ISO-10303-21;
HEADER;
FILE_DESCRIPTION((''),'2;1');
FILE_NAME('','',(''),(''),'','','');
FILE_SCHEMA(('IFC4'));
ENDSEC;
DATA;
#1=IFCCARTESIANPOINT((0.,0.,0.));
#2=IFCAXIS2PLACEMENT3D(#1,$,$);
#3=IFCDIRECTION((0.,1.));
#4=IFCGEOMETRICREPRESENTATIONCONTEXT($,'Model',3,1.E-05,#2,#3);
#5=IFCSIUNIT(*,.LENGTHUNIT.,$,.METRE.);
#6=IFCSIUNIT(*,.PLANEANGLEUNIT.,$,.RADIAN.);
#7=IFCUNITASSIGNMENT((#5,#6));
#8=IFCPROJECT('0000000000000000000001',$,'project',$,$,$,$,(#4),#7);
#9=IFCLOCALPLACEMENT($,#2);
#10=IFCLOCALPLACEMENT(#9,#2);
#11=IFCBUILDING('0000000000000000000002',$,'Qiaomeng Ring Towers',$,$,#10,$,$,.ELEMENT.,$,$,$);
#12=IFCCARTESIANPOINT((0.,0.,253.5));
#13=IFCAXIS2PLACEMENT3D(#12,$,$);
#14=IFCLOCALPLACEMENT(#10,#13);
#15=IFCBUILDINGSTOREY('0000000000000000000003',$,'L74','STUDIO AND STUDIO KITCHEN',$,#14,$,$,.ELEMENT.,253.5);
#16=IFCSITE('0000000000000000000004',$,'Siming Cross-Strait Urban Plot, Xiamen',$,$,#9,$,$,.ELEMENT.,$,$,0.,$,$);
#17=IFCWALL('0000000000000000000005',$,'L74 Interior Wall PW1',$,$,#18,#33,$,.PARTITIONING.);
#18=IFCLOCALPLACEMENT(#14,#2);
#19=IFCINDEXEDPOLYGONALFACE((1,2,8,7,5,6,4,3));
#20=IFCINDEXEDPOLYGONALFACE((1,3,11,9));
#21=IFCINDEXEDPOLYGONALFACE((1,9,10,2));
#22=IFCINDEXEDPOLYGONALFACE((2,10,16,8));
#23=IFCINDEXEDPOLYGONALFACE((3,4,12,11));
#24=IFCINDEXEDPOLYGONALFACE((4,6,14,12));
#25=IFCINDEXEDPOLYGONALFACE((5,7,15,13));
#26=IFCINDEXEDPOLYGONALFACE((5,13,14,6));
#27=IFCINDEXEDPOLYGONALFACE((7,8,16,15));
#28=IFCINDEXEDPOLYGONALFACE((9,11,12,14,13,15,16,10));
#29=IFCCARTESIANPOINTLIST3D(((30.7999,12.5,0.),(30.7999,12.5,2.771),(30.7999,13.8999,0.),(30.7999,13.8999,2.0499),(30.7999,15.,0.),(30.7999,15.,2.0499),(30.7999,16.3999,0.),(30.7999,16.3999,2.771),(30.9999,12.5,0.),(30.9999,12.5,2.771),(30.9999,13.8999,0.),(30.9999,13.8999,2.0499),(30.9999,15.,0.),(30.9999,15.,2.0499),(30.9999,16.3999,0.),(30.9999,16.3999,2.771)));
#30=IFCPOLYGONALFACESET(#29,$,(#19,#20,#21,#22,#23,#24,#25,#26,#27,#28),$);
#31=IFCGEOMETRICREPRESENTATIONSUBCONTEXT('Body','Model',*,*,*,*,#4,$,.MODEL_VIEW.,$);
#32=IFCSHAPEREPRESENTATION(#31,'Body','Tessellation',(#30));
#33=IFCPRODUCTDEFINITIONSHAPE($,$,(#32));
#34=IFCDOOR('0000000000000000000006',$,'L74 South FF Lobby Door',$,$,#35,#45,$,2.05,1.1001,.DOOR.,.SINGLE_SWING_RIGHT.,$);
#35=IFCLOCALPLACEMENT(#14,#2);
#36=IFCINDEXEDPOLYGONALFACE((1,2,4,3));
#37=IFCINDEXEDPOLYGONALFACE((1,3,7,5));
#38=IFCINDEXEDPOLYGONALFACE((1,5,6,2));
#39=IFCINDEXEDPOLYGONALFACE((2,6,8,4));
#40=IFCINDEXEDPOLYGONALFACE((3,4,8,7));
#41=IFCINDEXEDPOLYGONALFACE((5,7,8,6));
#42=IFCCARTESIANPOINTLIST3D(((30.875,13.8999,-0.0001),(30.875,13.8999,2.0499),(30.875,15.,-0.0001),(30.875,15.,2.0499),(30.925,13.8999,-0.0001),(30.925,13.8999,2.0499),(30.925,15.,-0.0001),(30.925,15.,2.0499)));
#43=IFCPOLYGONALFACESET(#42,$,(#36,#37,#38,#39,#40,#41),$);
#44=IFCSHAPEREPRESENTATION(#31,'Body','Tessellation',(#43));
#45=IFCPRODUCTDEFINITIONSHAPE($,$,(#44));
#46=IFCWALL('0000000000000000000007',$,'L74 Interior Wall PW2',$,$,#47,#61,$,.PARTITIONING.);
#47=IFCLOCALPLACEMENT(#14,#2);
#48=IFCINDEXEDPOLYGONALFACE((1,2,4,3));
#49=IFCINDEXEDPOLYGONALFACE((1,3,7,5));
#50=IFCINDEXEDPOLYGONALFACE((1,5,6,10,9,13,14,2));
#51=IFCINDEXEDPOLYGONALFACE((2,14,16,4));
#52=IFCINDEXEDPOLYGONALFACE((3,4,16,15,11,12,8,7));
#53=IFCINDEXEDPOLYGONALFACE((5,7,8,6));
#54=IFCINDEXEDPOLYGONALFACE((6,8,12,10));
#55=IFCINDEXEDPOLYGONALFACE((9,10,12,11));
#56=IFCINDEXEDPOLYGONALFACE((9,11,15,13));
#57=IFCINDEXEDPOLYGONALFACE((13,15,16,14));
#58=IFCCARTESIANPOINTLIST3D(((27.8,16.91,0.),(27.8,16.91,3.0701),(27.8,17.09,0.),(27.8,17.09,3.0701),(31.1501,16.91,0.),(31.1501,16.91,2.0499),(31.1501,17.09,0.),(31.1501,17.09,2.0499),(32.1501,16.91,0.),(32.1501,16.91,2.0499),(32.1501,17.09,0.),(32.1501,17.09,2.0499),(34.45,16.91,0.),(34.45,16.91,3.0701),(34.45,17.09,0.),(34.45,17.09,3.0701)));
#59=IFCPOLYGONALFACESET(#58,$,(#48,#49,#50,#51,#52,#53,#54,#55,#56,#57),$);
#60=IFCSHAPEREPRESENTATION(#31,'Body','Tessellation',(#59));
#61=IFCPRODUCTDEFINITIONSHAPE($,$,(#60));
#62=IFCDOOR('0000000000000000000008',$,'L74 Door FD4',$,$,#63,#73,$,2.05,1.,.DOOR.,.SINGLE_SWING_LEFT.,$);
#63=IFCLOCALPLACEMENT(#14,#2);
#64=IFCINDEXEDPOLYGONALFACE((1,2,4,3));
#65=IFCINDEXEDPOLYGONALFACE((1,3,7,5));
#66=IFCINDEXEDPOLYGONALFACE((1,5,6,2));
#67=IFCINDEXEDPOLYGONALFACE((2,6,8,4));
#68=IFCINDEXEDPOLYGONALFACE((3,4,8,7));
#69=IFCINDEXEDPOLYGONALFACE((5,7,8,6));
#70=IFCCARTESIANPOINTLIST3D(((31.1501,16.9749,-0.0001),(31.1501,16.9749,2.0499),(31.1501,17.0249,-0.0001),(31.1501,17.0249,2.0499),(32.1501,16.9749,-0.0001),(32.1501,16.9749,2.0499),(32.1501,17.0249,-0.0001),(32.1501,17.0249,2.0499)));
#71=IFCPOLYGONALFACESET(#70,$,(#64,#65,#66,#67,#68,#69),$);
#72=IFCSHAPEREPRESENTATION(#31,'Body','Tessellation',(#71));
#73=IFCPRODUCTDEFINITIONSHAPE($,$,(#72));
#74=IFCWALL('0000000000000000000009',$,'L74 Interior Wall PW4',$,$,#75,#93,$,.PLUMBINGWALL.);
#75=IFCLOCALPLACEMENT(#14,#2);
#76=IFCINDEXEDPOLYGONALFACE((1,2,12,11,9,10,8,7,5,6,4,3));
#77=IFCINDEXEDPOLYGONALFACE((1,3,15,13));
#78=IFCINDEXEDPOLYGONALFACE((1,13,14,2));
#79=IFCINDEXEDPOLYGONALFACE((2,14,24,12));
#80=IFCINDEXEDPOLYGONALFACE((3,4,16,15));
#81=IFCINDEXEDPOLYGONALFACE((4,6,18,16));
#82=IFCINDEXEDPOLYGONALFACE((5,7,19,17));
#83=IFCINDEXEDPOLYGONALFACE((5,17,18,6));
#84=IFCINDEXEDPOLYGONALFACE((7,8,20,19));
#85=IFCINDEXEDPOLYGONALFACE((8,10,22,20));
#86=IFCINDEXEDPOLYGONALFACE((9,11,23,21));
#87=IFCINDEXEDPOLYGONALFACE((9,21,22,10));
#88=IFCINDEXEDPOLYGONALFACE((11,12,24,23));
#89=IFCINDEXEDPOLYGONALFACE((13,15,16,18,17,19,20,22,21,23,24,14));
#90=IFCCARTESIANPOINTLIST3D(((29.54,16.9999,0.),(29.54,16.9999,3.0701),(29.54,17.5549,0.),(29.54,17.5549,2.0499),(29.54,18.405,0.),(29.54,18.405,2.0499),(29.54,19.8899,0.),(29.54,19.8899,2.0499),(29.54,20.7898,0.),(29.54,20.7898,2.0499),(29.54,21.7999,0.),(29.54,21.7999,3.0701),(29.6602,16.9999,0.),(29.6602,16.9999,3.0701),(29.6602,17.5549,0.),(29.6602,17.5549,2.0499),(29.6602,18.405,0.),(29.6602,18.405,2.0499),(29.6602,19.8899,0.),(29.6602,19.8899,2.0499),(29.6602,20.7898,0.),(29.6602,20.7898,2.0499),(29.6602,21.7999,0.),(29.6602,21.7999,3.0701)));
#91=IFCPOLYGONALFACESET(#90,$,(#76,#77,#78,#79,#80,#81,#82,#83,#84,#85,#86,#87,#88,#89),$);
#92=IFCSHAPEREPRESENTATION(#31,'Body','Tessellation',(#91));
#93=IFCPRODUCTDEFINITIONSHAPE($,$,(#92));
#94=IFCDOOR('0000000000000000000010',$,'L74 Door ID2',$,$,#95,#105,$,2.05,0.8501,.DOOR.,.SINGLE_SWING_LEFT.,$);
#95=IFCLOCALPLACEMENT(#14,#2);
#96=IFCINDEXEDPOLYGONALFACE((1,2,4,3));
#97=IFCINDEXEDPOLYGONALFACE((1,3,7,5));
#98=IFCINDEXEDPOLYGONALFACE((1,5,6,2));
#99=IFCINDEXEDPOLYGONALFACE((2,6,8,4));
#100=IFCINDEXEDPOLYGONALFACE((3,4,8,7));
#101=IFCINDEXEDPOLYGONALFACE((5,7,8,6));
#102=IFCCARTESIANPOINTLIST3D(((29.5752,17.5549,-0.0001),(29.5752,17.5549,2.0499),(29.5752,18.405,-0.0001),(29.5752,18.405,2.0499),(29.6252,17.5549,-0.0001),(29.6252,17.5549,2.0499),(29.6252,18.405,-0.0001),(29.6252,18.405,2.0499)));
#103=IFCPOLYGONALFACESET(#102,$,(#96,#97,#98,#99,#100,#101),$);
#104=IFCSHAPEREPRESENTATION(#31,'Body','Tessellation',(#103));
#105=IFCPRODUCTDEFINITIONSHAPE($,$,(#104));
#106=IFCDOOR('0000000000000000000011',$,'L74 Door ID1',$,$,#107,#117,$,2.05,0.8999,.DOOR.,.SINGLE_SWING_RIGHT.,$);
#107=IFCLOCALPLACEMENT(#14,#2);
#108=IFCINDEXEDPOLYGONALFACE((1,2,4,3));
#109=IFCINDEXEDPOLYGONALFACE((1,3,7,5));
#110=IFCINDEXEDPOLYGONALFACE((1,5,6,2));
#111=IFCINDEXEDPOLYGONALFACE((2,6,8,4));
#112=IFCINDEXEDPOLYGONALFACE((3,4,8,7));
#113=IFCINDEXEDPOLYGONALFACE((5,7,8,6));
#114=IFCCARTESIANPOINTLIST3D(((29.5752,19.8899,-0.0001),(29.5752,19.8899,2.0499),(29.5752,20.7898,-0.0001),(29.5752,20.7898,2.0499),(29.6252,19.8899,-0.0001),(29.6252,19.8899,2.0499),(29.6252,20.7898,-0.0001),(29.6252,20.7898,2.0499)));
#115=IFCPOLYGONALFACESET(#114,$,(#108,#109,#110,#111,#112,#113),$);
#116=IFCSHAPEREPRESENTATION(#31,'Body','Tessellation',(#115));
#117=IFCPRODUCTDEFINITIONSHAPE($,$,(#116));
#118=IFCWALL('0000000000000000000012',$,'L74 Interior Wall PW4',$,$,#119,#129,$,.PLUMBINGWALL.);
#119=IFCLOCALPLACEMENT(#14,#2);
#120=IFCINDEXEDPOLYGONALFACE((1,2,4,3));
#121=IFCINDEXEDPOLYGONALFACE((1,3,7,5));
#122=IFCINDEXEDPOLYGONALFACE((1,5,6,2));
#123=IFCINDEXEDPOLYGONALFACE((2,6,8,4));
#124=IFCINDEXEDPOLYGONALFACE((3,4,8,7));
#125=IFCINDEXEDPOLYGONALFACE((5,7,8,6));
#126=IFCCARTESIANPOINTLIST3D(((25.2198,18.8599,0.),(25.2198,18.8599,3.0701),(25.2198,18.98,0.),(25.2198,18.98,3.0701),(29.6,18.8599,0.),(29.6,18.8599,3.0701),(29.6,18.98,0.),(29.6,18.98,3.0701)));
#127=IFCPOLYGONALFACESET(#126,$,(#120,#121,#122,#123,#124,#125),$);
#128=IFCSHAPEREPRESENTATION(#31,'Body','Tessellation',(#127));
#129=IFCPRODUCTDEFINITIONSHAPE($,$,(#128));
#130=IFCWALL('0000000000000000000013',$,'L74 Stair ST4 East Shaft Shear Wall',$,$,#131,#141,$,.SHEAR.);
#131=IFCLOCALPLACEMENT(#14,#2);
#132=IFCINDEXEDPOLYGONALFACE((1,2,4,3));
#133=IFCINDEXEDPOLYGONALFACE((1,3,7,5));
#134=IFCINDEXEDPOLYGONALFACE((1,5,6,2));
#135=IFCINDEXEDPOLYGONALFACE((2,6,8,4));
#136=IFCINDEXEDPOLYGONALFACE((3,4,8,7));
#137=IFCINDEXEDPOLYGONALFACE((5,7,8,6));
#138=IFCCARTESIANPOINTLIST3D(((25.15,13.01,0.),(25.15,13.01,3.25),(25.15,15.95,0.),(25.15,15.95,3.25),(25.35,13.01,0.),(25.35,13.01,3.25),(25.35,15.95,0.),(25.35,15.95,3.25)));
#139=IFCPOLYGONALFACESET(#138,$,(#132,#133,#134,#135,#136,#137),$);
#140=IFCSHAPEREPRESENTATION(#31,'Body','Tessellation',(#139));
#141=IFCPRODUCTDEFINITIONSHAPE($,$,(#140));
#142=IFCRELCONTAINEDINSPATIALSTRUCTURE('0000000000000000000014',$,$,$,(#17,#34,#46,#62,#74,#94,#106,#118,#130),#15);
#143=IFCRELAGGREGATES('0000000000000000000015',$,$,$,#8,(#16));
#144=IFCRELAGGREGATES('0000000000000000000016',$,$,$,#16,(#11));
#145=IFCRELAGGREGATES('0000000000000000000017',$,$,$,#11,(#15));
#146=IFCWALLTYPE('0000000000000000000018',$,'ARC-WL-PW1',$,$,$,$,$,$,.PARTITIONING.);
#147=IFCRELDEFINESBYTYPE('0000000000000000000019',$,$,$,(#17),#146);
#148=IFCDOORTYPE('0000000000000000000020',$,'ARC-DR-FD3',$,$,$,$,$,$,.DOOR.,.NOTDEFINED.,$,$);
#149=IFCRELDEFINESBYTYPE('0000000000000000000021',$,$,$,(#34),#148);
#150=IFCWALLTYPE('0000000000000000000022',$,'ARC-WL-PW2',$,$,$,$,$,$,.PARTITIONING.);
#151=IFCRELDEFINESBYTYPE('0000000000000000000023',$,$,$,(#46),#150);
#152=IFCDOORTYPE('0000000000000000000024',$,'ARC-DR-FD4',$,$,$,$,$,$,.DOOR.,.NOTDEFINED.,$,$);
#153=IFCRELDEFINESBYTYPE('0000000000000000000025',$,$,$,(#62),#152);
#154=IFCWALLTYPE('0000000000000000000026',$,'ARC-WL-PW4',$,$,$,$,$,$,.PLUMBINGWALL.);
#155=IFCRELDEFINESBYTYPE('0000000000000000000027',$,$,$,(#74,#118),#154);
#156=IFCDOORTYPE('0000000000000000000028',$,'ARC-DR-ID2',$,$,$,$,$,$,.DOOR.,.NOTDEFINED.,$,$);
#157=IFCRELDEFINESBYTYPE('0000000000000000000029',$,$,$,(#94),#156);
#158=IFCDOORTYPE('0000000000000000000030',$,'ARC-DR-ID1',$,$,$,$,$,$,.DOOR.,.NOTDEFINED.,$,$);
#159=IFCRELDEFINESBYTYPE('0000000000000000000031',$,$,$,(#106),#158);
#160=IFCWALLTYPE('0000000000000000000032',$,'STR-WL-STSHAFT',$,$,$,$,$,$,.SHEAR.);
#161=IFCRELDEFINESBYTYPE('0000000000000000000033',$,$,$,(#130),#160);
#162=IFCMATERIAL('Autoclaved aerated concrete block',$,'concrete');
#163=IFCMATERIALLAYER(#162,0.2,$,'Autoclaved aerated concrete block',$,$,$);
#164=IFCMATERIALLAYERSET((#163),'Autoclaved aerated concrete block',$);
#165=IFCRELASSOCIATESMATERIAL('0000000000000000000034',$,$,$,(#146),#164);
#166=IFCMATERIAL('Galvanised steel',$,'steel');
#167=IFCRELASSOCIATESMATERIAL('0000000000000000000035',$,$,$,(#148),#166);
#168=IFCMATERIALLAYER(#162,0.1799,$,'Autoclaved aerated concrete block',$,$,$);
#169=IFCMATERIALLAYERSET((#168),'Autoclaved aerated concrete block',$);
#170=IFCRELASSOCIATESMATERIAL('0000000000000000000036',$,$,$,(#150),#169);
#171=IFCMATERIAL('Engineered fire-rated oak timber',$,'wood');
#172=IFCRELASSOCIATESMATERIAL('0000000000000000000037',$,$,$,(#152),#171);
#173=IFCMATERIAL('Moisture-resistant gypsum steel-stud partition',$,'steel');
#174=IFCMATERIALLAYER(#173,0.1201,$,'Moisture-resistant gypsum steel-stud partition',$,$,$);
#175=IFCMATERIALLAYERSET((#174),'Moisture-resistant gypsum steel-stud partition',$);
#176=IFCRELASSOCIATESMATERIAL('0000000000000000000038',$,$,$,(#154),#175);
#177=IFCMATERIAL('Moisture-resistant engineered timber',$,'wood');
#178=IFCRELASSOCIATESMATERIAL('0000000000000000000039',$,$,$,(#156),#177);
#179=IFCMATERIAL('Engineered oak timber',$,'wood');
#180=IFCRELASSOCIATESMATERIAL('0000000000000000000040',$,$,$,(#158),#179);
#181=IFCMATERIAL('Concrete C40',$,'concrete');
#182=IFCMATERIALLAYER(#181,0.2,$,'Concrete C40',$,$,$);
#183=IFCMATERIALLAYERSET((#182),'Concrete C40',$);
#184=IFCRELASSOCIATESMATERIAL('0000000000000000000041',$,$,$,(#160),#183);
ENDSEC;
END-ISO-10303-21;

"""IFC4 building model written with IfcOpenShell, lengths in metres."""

from ifc_helpers import new_model, si_unit, direction, frame, frame_2d, origin, place, context, subcontext, project, spatial, rectangle, extrude, source, transform, mapped, material, layer, layer_set, type_object, element, fill, save


model = new_model("IFC4")

# Units and contexts
model_context = context("Model", 3, precision=1e-05, world=origin(), true_north=direction((0.0, 1.0)))
body_context = subcontext(model_context, "Body", "Model", "MODEL_VIEW")
ifc_project = project(units=[si_unit("LENGTHUNIT", "METRE"), si_unit("PLANEANGLEUNIT", "RADIAN")], contexts=[model_context])

# Site, building, storey
site_placement = place(None, origin())
site = spatial("IfcSite", under=ifc_project, at=site_placement, Name="Siming Cross-Strait Urban Plot, Xiamen", CompositionType="ELEMENT", RefElevation=0.0)
building_placement = place(site_placement, origin())
building = spatial("IfcBuilding", under=site, at=building_placement, Name="Qiaomeng Ring Towers", CompositionType="ELEMENT")
storey_placement = place(building_placement, frame((0.0, 0.0, 253.5)))
storey = spatial("IfcBuildingStorey", under=building, at=storey_placement, Name="L74", Description="STUDIO AND STUDIO KITCHEN", CompositionType="ELEMENT", Elevation=253.5)

# Shared definitions
ifc_material_1 = material(Name="Concrete C40", Category="concrete")

# Shared definitions
ifc_material_2 = material(Name="Autoclaved aerated concrete block", Category="concrete")
ifc_layer_1 = layer(ifc_material_2, 0.2, Name="Autoclaved aerated concrete block")
ifc_layer_set_1 = layer_set([ifc_layer_1], Name="Autoclaved aerated concrete block")
wall_type_1 = type_object("IfcWallType", Name="ARC-WL-PW1", PredefinedType="PARTITIONING", material=ifc_layer_set_1)

# Walls, openings, doors
wall_1_placement = place(storey_placement, frame((30.8999, 12.5, 0.0), z_axis=(0.0, 0.0, 1.0), x_axis=(0.0, 1.0, 0.0)))
wall_1 = element("IfcWall", 1, at=wall_1_placement, inside=storey, type_object=wall_type_1, Name="L74 Interior Wall PW1", PredefinedType="PARTITIONING", context=body_context, shape_type="SweptSolid", body=[
    extrude(rectangle(XDim=3.8999, YDim=0.2, at=frame_2d((1.95, 0.0))), origin(), (0.0, 0.0, 1.0), 2.771),
])
opening_1_placement = place(wall_1_placement, frame((1.3999, 0.0, 0.0)))
opening_1 = element("IfcOpeningElement", 2, at=opening_1_placement, cuts=wall_1, PredefinedType="OPENING", context=body_context, shape_type="SweptSolid", body=[
    extrude(rectangle(XDim=1.1001, YDim=2.05, at=frame_2d((0.55, 1.0249))), frame((0.0, 0.1099, 0.0), z_axis=(0.0, -1.0, 0.0), x_axis=(1.0, 0.0, 0.0)), (0.0, 0.0, 1.0), 0.22),
])
ifc_material_3 = material(Name="Galvanised steel", Category="steel")
door_type_1 = type_object("IfcDoorType", Name="ARC-DR-FD3", OperationType="NOTDEFINED", PredefinedType="DOOR", material=ifc_material_3)
shared_shape_1 = source(origin(), body_context, "Body", "SweptSolid", [
    extrude(rectangle(XDim=1.1001, YDim=2.05, at=frame_2d((0.55, 1.0249))), frame((0.0, 0.0249, 0.0), z_axis=(0.0, -1.0, 0.0), x_axis=(1.0, 0.0, 0.0)), (0.0, 0.0, 1.0), 0.05),
])
door_1_placement = place(opening_1_placement, origin())
door_1 = element("IfcDoor", 3, at=door_1_placement, inside=storey, type_object=door_type_1, Name="L74 South FF Lobby Door", OperationType="SINGLE_SWING_RIGHT", OverallHeight=2.05, OverallWidth=1.1001, PredefinedType="DOOR", context=body_context, shape_type="MappedRepresentation", body=[
    mapped(shared_shape_1, transform((0.0, 0.0, 0.0), x_axis=(1.0, 0.0, 0.0), y_axis=(0.0, 1.0, 0.0), z_axis=(0.0, 0.0, 1.0), scale=1.0)),
])
fill(opening_1, door_1)
ifc_layer_2 = layer(ifc_material_2, 0.1799, Name="Autoclaved aerated concrete block")
ifc_layer_set_2 = layer_set([ifc_layer_2], Name="Autoclaved aerated concrete block")
wall_type_2 = type_object("IfcWallType", Name="ARC-WL-PW2", PredefinedType="PARTITIONING", material=ifc_layer_set_2)
wall_2_placement = place(storey_placement, frame((27.8, 17.0, 0.0), z_axis=(0.0, 0.0, 1.0), x_axis=(1.0, 0.0, 0.0)))
wall_2 = element("IfcWall", 4, at=wall_2_placement, inside=storey, type_object=wall_type_2, Name="L74 Interior Wall PW2", PredefinedType="PARTITIONING", context=body_context, shape_type="SweptSolid", body=[
    extrude(rectangle(XDim=6.6499, YDim=0.1799, at=frame_2d((3.325, 0.0))), origin(), (0.0, 0.0, 1.0), 3.0701),
])
opening_2_placement = place(wall_2_placement, frame((3.3501, 0.0, 0.0)))
opening_2 = element("IfcOpeningElement", 5, at=opening_2_placement, cuts=wall_2, PredefinedType="OPENING", context=body_context, shape_type="SweptSolid", body=[
    extrude(rectangle(XDim=1.0, YDim=2.05, at=frame_2d((0.5, 1.0249))), frame((0.0, 0.0999, 0.0), z_axis=(0.0, -1.0, 0.0), x_axis=(1.0, 0.0, 0.0)), (0.0, 0.0, 1.0), 0.2),
])
ifc_material_4 = material(Name="Engineered fire-rated oak timber", Category="wood")
door_type_2 = type_object("IfcDoorType", Name="ARC-DR-FD4", OperationType="NOTDEFINED", PredefinedType="DOOR", material=ifc_material_4)
shared_shape_2 = source(origin(), body_context, "Body", "SweptSolid", [
    extrude(rectangle(XDim=1.0, YDim=2.05, at=frame_2d((0.5, 1.0249))), frame((0.0, 0.0249, 0.0), z_axis=(0.0, -1.0, 0.0), x_axis=(1.0, 0.0, 0.0)), (0.0, 0.0, 1.0), 0.05),
])
door_2_placement = place(opening_2_placement, origin())
door_2 = element("IfcDoor", 6, at=door_2_placement, inside=storey, type_object=door_type_2, Name="L74 Door FD4", OperationType="SINGLE_SWING_LEFT", OverallHeight=2.05, OverallWidth=1.0, PredefinedType="DOOR", context=body_context, shape_type="MappedRepresentation", body=[
    mapped(shared_shape_2, transform((0.0, 0.0, 0.0), x_axis=(1.0, 0.0, 0.0), y_axis=(0.0, 1.0, 0.0), z_axis=(0.0, 0.0, 1.0), scale=1.0)),
])
fill(opening_2, door_2)

# Wall, openings, doors
ifc_material_5 = material(Name="Moisture-resistant gypsum steel-stud partition", Category="steel")
ifc_layer_3 = layer(ifc_material_5, 0.1201, Name="Moisture-resistant gypsum steel-stud partition")
ifc_layer_set_3 = layer_set([ifc_layer_3], Name="Moisture-resistant gypsum steel-stud partition")
wall_type_3 = type_object("IfcWallType", Name="ARC-WL-PW4", PredefinedType="PLUMBINGWALL", material=ifc_layer_set_3)
wall_3_placement = place(storey_placement, frame((29.6001, 17.0, 0.0), z_axis=(0.0, 0.0, 1.0), x_axis=(0.0, 1.0, 0.0)))
wall_3 = element("IfcWall", 7, at=wall_3_placement, inside=storey, type_object=wall_type_3, Name="L74 Interior Wall PW4", PredefinedType="PLUMBINGWALL", context=body_context, shape_type="SweptSolid", body=[
    extrude(rectangle(XDim=4.8, YDim=0.1201, at=frame_2d((2.3999, 0.0))), origin(), (0.0, 0.0, 1.0), 3.0701),
])
opening_3_placement = place(wall_3_placement, frame((0.5549, 0.0, 0.0)))
opening_3 = element("IfcOpeningElement", 8, at=opening_3_placement, cuts=wall_3, PredefinedType="OPENING", context=body_context, shape_type="SweptSolid", body=[
    extrude(rectangle(XDim=0.8501, YDim=2.05, at=frame_2d((0.425, 1.0249))), frame((0.0, 0.0701, 0.0), z_axis=(0.0, -1.0, 0.0), x_axis=(1.0, 0.0, 0.0)), (0.0, 0.0, 1.0), 0.1401),
])
opening_4_placement = place(wall_3_placement, frame((2.8899, 0.0, 0.0)))
opening_4 = element("IfcOpeningElement", 9, at=opening_4_placement, cuts=wall_3, PredefinedType="OPENING", context=body_context, shape_type="SweptSolid", body=[
    extrude(rectangle(XDim=0.8999, YDim=2.05, at=frame_2d((0.45, 1.0249))), frame((0.0, 0.0701, 0.0), z_axis=(0.0, -1.0, 0.0), x_axis=(1.0, 0.0, 0.0)), (0.0, 0.0, 1.0), 0.1401),
])
ifc_material_6 = material(Name="Moisture-resistant engineered timber", Category="wood")
door_type_3 = type_object("IfcDoorType", Name="ARC-DR-ID2", OperationType="NOTDEFINED", PredefinedType="DOOR", material=ifc_material_6)
shared_shape_3 = source(origin(), body_context, "Body", "SweptSolid", [
    extrude(rectangle(XDim=0.8501, YDim=2.05, at=frame_2d((0.425, 1.0249))), frame((0.0, 0.0249, 0.0), z_axis=(0.0, -1.0, 0.0), x_axis=(1.0, 0.0, 0.0)), (0.0, 0.0, 1.0), 0.05),
])
door_3_placement = place(opening_3_placement, origin())
door_3 = element("IfcDoor", 10, at=door_3_placement, inside=storey, type_object=door_type_3, Name="L74 Door ID2", OperationType="SINGLE_SWING_LEFT", OverallHeight=2.05, OverallWidth=0.8501, PredefinedType="DOOR", context=body_context, shape_type="MappedRepresentation", body=[
    mapped(shared_shape_3, transform((0.0, 0.0, 0.0), x_axis=(1.0, 0.0, 0.0), y_axis=(0.0, 1.0, 0.0), z_axis=(0.0, 0.0, 1.0), scale=1.0)),
])
fill(opening_3, door_3)
ifc_material_7 = material(Name="Engineered oak timber", Category="wood")
door_type_4 = type_object("IfcDoorType", Name="ARC-DR-ID1", OperationType="NOTDEFINED", PredefinedType="DOOR", material=ifc_material_7)
shared_shape_4 = source(origin(), body_context, "Body", "SweptSolid", [
    extrude(rectangle(XDim=0.8999, YDim=2.05, at=frame_2d((0.45, 1.0249))), frame((0.0, 0.0249, 0.0), z_axis=(0.0, -1.0, 0.0), x_axis=(1.0, 0.0, 0.0)), (0.0, 0.0, 1.0), 0.05),
])
door_4_placement = place(opening_4_placement, origin())
door_4 = element("IfcDoor", 11, at=door_4_placement, inside=storey, type_object=door_type_4, Name="L74 Door ID1", OperationType="SINGLE_SWING_RIGHT", OverallHeight=2.05, OverallWidth=0.8999, PredefinedType="DOOR", context=body_context, shape_type="MappedRepresentation", body=[
    mapped(shared_shape_4, transform((0.0, 0.0, 0.0), x_axis=(1.0, 0.0, 0.0), y_axis=(0.0, 1.0, 0.0), z_axis=(0.0, 0.0, 1.0), scale=1.0)),
])
fill(opening_4, door_4)

# Walls
wall_4_placement = place(storey_placement, frame((25.22, 18.9199, 0.0), z_axis=(0.0, 0.0, 1.0), x_axis=(1.0, 0.0, 0.0)))
element("IfcWall", 12, at=wall_4_placement, inside=storey, type_object=wall_type_3, Name="L74 Interior Wall PW4", PredefinedType="PLUMBINGWALL", context=body_context, shape_type="SweptSolid", body=[
    extrude(rectangle(XDim=4.3801, YDim=0.1201, at=frame_2d((2.1899, 0.0))), origin(), (0.0, 0.0, 1.0), 3.0701),
])
ifc_layer_4 = layer(ifc_material_1, 0.2, Name="Concrete C40")
ifc_layer_set_4 = layer_set([ifc_layer_4], Name="Concrete C40")
wall_type_4 = type_object("IfcWallType", Name="STR-WL-STSHAFT", PredefinedType="SHEAR", material=ifc_layer_set_4)
wall_5_placement = place(storey_placement, frame((25.25, 13.01, 0.0), z_axis=(0.0, 0.0, 1.0), x_axis=(0.0, 1.0, 0.0)))
element("IfcWall", 13, at=wall_5_placement, inside=storey, type_object=wall_type_4, Name="L74 Stair ST4 East Shaft Shear Wall", PredefinedType="SHEAR", context=body_context, shape_type="SweptSolid", body=[
    extrude(rectangle(XDim=2.9399, YDim=0.2, at=frame_2d((1.47, 0.0))), origin(), (0.0, 0.0, 1.0), 3.25),
])

save(model, "model.ifc")
